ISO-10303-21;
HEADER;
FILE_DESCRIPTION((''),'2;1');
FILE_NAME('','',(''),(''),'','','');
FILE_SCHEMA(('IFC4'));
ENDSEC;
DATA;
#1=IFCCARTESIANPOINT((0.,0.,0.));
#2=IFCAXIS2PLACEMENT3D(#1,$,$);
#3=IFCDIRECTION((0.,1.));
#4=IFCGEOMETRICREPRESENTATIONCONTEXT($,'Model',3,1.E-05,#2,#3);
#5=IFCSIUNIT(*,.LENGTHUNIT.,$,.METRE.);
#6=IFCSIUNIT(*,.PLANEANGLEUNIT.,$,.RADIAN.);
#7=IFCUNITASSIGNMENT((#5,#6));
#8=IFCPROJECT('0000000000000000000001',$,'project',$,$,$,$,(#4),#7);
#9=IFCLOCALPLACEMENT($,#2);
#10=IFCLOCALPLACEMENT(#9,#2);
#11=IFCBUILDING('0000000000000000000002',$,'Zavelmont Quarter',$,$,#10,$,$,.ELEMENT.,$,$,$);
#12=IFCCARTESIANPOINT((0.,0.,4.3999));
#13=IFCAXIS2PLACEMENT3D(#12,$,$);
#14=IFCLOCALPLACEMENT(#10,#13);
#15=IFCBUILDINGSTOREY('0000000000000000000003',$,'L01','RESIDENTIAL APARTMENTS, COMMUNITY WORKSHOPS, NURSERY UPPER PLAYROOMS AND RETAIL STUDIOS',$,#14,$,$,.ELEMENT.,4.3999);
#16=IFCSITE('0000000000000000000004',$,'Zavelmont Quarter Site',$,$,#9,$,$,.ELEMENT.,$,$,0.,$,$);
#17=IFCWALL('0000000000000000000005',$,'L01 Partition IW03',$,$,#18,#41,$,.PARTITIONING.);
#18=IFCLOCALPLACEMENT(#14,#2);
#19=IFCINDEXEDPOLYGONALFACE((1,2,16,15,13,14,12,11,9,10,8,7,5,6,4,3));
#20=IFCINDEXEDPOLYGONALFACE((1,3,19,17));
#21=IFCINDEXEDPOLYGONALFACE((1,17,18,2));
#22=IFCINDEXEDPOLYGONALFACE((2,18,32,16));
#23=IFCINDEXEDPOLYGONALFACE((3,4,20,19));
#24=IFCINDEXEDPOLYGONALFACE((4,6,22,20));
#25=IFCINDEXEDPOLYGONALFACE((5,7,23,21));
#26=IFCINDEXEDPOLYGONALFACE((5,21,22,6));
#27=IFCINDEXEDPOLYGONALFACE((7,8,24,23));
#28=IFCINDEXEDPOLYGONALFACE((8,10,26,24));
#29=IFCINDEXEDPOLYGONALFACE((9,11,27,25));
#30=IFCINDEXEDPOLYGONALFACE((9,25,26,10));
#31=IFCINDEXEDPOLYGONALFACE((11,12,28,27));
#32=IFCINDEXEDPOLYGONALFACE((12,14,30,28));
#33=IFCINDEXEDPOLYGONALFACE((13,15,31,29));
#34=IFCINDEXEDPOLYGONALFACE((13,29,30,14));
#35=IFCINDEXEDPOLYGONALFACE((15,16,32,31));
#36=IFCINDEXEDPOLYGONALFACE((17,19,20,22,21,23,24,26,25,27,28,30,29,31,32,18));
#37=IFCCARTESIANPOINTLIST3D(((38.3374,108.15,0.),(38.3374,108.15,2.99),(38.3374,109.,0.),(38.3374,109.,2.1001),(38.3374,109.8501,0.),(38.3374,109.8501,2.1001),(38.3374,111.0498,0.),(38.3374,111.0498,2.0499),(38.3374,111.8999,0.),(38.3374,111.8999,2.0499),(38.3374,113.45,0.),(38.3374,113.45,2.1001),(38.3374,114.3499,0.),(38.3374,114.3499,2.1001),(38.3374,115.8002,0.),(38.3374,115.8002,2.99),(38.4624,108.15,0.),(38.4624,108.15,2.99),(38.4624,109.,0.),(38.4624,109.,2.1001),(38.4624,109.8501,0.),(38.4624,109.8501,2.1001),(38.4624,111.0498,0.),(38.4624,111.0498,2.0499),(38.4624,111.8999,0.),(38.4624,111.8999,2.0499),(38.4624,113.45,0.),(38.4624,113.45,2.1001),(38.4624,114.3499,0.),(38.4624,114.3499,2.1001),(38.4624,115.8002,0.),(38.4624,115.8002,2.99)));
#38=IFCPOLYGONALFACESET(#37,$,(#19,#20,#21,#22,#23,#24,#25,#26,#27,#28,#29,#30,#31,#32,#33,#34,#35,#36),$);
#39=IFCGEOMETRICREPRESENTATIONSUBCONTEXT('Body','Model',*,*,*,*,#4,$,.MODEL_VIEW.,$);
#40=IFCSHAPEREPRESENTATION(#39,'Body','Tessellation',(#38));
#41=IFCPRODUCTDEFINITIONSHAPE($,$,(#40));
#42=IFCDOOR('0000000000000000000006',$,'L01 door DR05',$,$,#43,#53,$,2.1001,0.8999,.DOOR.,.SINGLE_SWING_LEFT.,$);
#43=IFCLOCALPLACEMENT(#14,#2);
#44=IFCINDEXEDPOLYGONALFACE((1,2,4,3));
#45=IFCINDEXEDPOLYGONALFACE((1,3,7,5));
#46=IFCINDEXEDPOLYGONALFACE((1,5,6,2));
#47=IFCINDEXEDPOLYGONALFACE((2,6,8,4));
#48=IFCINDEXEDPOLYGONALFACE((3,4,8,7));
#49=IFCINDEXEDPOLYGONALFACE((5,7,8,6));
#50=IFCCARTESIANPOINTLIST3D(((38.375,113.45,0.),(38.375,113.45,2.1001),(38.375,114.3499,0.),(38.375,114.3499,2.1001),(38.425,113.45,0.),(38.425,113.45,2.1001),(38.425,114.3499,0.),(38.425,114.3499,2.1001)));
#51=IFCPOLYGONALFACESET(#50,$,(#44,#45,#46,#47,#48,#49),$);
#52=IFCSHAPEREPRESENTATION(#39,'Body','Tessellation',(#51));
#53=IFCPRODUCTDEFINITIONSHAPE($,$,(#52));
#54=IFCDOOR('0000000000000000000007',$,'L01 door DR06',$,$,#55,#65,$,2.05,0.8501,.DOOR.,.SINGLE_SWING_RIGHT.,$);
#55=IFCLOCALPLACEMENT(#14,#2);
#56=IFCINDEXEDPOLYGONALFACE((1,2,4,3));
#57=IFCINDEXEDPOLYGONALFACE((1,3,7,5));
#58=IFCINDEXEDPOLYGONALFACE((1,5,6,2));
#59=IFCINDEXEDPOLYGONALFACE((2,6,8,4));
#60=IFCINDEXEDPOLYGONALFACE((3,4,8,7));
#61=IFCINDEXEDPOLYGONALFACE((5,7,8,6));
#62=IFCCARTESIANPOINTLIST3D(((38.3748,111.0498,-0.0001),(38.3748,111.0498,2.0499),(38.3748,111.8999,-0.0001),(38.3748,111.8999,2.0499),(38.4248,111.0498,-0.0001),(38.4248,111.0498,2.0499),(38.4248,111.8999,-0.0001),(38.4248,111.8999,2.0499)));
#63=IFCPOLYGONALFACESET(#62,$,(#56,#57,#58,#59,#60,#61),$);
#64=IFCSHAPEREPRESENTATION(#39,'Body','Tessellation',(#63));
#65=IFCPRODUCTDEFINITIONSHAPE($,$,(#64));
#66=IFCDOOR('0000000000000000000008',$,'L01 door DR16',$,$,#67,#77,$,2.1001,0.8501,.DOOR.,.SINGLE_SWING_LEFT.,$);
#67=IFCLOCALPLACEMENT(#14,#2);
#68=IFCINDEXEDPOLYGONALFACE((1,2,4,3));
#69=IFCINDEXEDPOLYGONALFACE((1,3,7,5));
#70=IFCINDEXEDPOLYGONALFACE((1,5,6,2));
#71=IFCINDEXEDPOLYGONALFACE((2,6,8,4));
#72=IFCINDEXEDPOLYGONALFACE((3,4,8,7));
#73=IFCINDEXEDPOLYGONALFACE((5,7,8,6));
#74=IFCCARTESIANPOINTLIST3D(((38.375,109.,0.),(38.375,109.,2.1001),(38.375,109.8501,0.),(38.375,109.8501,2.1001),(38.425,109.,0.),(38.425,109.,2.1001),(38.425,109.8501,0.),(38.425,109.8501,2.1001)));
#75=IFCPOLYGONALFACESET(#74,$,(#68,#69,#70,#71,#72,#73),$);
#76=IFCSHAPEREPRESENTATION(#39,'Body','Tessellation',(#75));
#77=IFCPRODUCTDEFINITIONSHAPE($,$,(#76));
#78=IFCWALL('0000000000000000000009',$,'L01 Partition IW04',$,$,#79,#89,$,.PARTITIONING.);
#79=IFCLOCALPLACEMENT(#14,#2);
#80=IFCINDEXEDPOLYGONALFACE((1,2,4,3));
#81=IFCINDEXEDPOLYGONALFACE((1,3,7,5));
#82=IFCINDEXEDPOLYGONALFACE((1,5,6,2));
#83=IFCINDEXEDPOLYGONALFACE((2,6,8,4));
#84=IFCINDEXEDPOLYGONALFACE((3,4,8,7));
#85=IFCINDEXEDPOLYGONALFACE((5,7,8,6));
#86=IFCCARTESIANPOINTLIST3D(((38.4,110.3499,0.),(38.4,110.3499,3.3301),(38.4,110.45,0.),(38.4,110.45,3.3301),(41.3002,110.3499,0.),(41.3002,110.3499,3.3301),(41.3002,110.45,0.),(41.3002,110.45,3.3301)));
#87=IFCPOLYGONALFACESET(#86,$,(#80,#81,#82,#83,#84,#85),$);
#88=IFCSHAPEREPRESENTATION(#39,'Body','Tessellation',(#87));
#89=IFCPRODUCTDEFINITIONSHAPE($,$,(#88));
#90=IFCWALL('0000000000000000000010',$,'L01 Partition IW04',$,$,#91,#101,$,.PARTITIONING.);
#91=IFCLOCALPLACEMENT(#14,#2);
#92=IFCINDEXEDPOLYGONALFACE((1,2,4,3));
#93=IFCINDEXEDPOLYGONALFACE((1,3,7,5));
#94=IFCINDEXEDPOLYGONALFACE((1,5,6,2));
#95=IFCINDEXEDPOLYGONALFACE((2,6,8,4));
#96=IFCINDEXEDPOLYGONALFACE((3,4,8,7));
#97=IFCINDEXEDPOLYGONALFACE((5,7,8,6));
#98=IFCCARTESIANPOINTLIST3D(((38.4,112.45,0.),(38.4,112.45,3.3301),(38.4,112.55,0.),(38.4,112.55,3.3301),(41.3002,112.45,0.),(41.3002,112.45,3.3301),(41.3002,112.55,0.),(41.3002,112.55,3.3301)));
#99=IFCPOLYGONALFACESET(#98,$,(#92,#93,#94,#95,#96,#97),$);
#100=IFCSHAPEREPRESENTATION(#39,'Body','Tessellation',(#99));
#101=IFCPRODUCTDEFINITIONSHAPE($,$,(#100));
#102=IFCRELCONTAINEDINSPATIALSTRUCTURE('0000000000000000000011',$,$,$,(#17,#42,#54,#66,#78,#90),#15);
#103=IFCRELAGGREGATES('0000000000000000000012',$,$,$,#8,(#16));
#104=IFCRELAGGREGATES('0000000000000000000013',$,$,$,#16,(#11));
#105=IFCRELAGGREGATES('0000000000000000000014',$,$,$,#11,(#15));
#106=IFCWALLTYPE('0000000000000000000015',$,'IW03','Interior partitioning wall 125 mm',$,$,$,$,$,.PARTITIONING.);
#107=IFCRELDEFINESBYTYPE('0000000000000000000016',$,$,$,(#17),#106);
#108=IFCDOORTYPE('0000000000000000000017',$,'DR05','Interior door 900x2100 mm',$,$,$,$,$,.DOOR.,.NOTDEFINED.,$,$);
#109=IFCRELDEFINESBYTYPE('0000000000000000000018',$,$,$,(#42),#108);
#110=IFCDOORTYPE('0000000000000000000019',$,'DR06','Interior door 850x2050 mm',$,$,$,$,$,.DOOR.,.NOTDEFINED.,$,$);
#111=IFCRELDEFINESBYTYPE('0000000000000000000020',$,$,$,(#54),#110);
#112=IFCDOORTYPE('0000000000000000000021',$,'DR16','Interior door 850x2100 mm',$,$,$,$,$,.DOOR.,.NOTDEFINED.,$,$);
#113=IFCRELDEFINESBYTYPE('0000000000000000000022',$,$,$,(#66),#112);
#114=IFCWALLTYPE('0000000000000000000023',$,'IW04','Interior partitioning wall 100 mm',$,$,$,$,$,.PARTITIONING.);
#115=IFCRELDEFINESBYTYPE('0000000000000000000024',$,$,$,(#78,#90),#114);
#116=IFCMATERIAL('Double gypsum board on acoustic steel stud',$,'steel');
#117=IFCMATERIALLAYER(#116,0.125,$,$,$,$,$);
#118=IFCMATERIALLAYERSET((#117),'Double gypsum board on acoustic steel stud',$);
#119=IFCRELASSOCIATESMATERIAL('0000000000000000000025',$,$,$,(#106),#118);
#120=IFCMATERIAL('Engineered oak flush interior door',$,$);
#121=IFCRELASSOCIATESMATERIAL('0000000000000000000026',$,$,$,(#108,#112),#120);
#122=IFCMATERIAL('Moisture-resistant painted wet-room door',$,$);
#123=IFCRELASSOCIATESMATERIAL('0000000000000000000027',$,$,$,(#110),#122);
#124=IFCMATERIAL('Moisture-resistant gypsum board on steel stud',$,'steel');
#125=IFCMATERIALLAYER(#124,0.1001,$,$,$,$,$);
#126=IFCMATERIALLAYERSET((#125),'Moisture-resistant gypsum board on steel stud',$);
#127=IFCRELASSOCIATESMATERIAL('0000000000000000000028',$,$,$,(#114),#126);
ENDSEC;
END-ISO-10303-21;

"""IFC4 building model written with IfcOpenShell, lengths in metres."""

from ifc_helpers import new_model, si_unit, direction, frame, frame_2d, origin, origin_with_axes, place, context, subcontext, project, spatial, rectangle, extrude, material, layer, layer_set, type_object, element, fill, save


model = new_model("IFC4")

# Units and contexts
model_context = context("Model", 3, precision=1e-05, world=origin(), true_north=direction((0.0, 1.0)))
body_context = subcontext(model_context, "Body", "Model", "MODEL_VIEW")
ifc_project = project(units=[si_unit("LENGTHUNIT", "METRE"), si_unit("PLANEANGLEUNIT", "RADIAN")], contexts=[model_context])

# Site, building, storey
site_placement = place(None, origin())
site = spatial("IfcSite", under=ifc_project, at=site_placement, Name="Zavelmont Quarter Site", CompositionType="ELEMENT", RefElevation=0.0)
building_placement = place(site_placement, origin())
building = spatial("IfcBuilding", under=site, at=building_placement, Name="Zavelmont Quarter", CompositionType="ELEMENT")
storey_placement = place(building_placement, frame((0.0, 0.0, 4.3999)))
storey = spatial("IfcBuildingStorey", under=building, at=storey_placement, Name="L01", Description="RESIDENTIAL APARTMENTS, COMMUNITY WORKSHOPS, NURSERY UPPER PLAYROOMS AND RETAIL STUDIOS", CompositionType="ELEMENT", Elevation=4.3999)

# Wall, openings, doors
ifc_material_1 = material(Name="Double gypsum board on acoustic steel stud", Category="steel")
ifc_layer_1 = layer(ifc_material_1, 0.125)
ifc_layer_set_1 = layer_set([ifc_layer_1], Name="Double gypsum board on acoustic steel stud")
wall_type_1 = type_object("IfcWallType", Name="IW03", Description="Interior partitioning wall 125 mm", PredefinedType="PARTITIONING", material=ifc_layer_set_1)
wall_1_placement = place(storey_placement, frame((38.3999, 108.1499, 0.0), z_axis=(0.0, 0.0, 1.0), x_axis=(0.0, 1.0, 0.0)))
wall_1 = element("IfcWall", 1, at=wall_1_placement, inside=storey, type_object=wall_type_1, Name="L01 Partition IW03", PredefinedType="PARTITIONING", context=body_context, shape_type="SweptSolid", body=[
    extrude(rectangle(XDim=7.6501, YDim=0.125, at=frame_2d((3.8252, 0.0))), origin(), (0.0, 0.0, 1.0), 2.99),
])
opening_1_placement = place(wall_1_placement, frame((0.8501, 0.0, 0.0)))
opening_1 = element("IfcOpeningElement", 2, at=opening_1_placement, cuts=wall_1, PredefinedType="OPENING", context=body_context, shape_type="SweptSolid", body=[
    extrude(rectangle(XDim=0.8501, YDim=2.1001, at=frame_2d((0.425, 1.05))), frame((0.0, 0.0745, 0.0), z_axis=(0.0, -1.0, 0.0), x_axis=(1.0, 0.0, 0.0)), (0.0, 0.0, 1.0), 0.1489),
])
opening_2_placement = place(wall_1_placement, frame((2.8999, 0.0, 0.0)))
opening_2 = element("IfcOpeningElement", 3, at=opening_2_placement, cuts=wall_1, PredefinedType="OPENING", context=body_context, shape_type="SweptSolid", body=[
    extrude(rectangle(XDim=0.8501, YDim=2.05, at=frame_2d((0.425, 1.0249))), frame((0.0, 0.0745, 0.0), z_axis=(0.0, -1.0, 0.0), x_axis=(1.0, 0.0, 0.0)), (0.0, 0.0, 1.0), 0.1489),
])
opening_3_placement = place(wall_1_placement, frame((5.3, 0.0, 0.0)))
opening_3 = element("IfcOpeningElement", 4, at=opening_3_placement, cuts=wall_1, PredefinedType="OPENING", context=body_context, shape_type="SweptSolid", body=[
    extrude(rectangle(XDim=0.8999, YDim=2.1001, at=frame_2d((0.45, 1.05))), frame((0.0, 0.0745, 0.0), z_axis=(0.0, -1.0, 0.0), x_axis=(1.0, 0.0, 0.0)), (0.0, 0.0, 1.0), 0.1489),
])
ifc_material_2 = material(Name="Engineered oak flush interior door")
door_type_1 = type_object("IfcDoorType", Name="DR05", Description="Interior door 900x2100 mm", OperationType="NOTDEFINED", PredefinedType="DOOR", material=ifc_material_2)
door_1_placement = place(opening_3_placement, origin_with_axes())
door_1 = element("IfcDoor", 5, at=door_1_placement, inside=storey, type_object=door_type_1, Name="L01 door DR05", OperationType="SINGLE_SWING_LEFT", OverallHeight=2.1001, OverallWidth=0.8999, PredefinedType="DOOR", context=body_context, shape_type="SweptSolid", body=[
    extrude(rectangle(XDim=0.8999, YDim=2.1001, at=frame_2d((0.45, 1.05))), frame((0.0, 0.0249, 0.0), z_axis=(0.0, -1.0, 0.0), x_axis=(1.0, 0.0, 0.0)), (0.0, 0.0, 1.0), 0.05),
])
fill(opening_3, door_1)
ifc_material_3 = material(Name="Moisture-resistant painted wet-room door")
door_type_2 = type_object("IfcDoorType", Name="DR06", Description="Interior door 850x2050 mm", OperationType="NOTDEFINED", PredefinedType="DOOR", material=ifc_material_3)
door_2_placement = place(opening_2_placement, frame((0.8501, 0.0, 0.0), z_axis=(0.0, 0.0, 1.0), x_axis=(-1.0, 0.0, 0.0)))
door_2 = element("IfcDoor", 6, at=door_2_placement, inside=storey, type_object=door_type_2, Name="L01 door DR06", OperationType="SINGLE_SWING_RIGHT", OverallHeight=2.05, OverallWidth=0.8501, PredefinedType="DOOR", context=body_context, shape_type="SweptSolid", body=[
    extrude(rectangle(XDim=0.8501, YDim=2.05, at=frame_2d((0.425, 1.0249))), frame((0.0, 0.0249, 0.0), z_axis=(0.0, -1.0, 0.0), x_axis=(1.0, 0.0, 0.0)), (0.0, 0.0, 1.0), 0.05),
])
fill(opening_2, door_2)
door_type_3 = type_object("IfcDoorType", Name="DR16", Description="Interior door 850x2100 mm", OperationType="NOTDEFINED", PredefinedType="DOOR", material=ifc_material_2)
door_3_placement = place(opening_1_placement, origin_with_axes())
door_3 = element("IfcDoor", 7, at=door_3_placement, inside=storey, type_object=door_type_3, Name="L01 door DR16", OperationType="SINGLE_SWING_LEFT", OverallHeight=2.1001, OverallWidth=0.8501, PredefinedType="DOOR", context=body_context, shape_type="SweptSolid", body=[
    extrude(rectangle(XDim=0.8501, YDim=2.1001, at=frame_2d((0.425, 1.05))), frame((0.0, 0.0249, 0.0), z_axis=(0.0, -1.0, 0.0), x_axis=(1.0, 0.0, 0.0)), (0.0, 0.0, 1.0), 0.05),
])
fill(opening_1, door_3)

# Walls
ifc_material_4 = material(Name="Moisture-resistant gypsum board on steel stud", Category="steel")
ifc_layer_2 = layer(ifc_material_4, 0.1001)
ifc_layer_set_2 = layer_set([ifc_layer_2], Name="Moisture-resistant gypsum board on steel stud")
wall_type_2 = type_object("IfcWallType", Name="IW04", Description="Interior partitioning wall 100 mm", PredefinedType="PARTITIONING", material=ifc_layer_set_2)
for number, where, z_axis, x_axis, name in (
    (8, (38.3999, 110.3999, 0.0), (0.0, 0.0, 1.0), (1.0, 0.0, 0.0), "L01 Partition IW04"),
    (9, (38.3999, 112.5, 0.0), (0.0, 0.0, 1.0), (1.0, 0.0, 0.0), "L01 Partition IW04"),
):
    element("IfcWall", number, at=place(storey_placement, frame(where, z_axis=z_axis, x_axis=x_axis)), inside=storey, type_object=wall_type_2, Name=name, PredefinedType="PARTITIONING", context=body_context, shape_type="SweptSolid", body=[
        extrude(rectangle(XDim=2.9001, YDim=0.1001, at=frame_2d((1.4502, 0.0))), origin(), (0.0, 0.0, 1.0), 3.3301),
    ])

save(model, "model.ifc")
